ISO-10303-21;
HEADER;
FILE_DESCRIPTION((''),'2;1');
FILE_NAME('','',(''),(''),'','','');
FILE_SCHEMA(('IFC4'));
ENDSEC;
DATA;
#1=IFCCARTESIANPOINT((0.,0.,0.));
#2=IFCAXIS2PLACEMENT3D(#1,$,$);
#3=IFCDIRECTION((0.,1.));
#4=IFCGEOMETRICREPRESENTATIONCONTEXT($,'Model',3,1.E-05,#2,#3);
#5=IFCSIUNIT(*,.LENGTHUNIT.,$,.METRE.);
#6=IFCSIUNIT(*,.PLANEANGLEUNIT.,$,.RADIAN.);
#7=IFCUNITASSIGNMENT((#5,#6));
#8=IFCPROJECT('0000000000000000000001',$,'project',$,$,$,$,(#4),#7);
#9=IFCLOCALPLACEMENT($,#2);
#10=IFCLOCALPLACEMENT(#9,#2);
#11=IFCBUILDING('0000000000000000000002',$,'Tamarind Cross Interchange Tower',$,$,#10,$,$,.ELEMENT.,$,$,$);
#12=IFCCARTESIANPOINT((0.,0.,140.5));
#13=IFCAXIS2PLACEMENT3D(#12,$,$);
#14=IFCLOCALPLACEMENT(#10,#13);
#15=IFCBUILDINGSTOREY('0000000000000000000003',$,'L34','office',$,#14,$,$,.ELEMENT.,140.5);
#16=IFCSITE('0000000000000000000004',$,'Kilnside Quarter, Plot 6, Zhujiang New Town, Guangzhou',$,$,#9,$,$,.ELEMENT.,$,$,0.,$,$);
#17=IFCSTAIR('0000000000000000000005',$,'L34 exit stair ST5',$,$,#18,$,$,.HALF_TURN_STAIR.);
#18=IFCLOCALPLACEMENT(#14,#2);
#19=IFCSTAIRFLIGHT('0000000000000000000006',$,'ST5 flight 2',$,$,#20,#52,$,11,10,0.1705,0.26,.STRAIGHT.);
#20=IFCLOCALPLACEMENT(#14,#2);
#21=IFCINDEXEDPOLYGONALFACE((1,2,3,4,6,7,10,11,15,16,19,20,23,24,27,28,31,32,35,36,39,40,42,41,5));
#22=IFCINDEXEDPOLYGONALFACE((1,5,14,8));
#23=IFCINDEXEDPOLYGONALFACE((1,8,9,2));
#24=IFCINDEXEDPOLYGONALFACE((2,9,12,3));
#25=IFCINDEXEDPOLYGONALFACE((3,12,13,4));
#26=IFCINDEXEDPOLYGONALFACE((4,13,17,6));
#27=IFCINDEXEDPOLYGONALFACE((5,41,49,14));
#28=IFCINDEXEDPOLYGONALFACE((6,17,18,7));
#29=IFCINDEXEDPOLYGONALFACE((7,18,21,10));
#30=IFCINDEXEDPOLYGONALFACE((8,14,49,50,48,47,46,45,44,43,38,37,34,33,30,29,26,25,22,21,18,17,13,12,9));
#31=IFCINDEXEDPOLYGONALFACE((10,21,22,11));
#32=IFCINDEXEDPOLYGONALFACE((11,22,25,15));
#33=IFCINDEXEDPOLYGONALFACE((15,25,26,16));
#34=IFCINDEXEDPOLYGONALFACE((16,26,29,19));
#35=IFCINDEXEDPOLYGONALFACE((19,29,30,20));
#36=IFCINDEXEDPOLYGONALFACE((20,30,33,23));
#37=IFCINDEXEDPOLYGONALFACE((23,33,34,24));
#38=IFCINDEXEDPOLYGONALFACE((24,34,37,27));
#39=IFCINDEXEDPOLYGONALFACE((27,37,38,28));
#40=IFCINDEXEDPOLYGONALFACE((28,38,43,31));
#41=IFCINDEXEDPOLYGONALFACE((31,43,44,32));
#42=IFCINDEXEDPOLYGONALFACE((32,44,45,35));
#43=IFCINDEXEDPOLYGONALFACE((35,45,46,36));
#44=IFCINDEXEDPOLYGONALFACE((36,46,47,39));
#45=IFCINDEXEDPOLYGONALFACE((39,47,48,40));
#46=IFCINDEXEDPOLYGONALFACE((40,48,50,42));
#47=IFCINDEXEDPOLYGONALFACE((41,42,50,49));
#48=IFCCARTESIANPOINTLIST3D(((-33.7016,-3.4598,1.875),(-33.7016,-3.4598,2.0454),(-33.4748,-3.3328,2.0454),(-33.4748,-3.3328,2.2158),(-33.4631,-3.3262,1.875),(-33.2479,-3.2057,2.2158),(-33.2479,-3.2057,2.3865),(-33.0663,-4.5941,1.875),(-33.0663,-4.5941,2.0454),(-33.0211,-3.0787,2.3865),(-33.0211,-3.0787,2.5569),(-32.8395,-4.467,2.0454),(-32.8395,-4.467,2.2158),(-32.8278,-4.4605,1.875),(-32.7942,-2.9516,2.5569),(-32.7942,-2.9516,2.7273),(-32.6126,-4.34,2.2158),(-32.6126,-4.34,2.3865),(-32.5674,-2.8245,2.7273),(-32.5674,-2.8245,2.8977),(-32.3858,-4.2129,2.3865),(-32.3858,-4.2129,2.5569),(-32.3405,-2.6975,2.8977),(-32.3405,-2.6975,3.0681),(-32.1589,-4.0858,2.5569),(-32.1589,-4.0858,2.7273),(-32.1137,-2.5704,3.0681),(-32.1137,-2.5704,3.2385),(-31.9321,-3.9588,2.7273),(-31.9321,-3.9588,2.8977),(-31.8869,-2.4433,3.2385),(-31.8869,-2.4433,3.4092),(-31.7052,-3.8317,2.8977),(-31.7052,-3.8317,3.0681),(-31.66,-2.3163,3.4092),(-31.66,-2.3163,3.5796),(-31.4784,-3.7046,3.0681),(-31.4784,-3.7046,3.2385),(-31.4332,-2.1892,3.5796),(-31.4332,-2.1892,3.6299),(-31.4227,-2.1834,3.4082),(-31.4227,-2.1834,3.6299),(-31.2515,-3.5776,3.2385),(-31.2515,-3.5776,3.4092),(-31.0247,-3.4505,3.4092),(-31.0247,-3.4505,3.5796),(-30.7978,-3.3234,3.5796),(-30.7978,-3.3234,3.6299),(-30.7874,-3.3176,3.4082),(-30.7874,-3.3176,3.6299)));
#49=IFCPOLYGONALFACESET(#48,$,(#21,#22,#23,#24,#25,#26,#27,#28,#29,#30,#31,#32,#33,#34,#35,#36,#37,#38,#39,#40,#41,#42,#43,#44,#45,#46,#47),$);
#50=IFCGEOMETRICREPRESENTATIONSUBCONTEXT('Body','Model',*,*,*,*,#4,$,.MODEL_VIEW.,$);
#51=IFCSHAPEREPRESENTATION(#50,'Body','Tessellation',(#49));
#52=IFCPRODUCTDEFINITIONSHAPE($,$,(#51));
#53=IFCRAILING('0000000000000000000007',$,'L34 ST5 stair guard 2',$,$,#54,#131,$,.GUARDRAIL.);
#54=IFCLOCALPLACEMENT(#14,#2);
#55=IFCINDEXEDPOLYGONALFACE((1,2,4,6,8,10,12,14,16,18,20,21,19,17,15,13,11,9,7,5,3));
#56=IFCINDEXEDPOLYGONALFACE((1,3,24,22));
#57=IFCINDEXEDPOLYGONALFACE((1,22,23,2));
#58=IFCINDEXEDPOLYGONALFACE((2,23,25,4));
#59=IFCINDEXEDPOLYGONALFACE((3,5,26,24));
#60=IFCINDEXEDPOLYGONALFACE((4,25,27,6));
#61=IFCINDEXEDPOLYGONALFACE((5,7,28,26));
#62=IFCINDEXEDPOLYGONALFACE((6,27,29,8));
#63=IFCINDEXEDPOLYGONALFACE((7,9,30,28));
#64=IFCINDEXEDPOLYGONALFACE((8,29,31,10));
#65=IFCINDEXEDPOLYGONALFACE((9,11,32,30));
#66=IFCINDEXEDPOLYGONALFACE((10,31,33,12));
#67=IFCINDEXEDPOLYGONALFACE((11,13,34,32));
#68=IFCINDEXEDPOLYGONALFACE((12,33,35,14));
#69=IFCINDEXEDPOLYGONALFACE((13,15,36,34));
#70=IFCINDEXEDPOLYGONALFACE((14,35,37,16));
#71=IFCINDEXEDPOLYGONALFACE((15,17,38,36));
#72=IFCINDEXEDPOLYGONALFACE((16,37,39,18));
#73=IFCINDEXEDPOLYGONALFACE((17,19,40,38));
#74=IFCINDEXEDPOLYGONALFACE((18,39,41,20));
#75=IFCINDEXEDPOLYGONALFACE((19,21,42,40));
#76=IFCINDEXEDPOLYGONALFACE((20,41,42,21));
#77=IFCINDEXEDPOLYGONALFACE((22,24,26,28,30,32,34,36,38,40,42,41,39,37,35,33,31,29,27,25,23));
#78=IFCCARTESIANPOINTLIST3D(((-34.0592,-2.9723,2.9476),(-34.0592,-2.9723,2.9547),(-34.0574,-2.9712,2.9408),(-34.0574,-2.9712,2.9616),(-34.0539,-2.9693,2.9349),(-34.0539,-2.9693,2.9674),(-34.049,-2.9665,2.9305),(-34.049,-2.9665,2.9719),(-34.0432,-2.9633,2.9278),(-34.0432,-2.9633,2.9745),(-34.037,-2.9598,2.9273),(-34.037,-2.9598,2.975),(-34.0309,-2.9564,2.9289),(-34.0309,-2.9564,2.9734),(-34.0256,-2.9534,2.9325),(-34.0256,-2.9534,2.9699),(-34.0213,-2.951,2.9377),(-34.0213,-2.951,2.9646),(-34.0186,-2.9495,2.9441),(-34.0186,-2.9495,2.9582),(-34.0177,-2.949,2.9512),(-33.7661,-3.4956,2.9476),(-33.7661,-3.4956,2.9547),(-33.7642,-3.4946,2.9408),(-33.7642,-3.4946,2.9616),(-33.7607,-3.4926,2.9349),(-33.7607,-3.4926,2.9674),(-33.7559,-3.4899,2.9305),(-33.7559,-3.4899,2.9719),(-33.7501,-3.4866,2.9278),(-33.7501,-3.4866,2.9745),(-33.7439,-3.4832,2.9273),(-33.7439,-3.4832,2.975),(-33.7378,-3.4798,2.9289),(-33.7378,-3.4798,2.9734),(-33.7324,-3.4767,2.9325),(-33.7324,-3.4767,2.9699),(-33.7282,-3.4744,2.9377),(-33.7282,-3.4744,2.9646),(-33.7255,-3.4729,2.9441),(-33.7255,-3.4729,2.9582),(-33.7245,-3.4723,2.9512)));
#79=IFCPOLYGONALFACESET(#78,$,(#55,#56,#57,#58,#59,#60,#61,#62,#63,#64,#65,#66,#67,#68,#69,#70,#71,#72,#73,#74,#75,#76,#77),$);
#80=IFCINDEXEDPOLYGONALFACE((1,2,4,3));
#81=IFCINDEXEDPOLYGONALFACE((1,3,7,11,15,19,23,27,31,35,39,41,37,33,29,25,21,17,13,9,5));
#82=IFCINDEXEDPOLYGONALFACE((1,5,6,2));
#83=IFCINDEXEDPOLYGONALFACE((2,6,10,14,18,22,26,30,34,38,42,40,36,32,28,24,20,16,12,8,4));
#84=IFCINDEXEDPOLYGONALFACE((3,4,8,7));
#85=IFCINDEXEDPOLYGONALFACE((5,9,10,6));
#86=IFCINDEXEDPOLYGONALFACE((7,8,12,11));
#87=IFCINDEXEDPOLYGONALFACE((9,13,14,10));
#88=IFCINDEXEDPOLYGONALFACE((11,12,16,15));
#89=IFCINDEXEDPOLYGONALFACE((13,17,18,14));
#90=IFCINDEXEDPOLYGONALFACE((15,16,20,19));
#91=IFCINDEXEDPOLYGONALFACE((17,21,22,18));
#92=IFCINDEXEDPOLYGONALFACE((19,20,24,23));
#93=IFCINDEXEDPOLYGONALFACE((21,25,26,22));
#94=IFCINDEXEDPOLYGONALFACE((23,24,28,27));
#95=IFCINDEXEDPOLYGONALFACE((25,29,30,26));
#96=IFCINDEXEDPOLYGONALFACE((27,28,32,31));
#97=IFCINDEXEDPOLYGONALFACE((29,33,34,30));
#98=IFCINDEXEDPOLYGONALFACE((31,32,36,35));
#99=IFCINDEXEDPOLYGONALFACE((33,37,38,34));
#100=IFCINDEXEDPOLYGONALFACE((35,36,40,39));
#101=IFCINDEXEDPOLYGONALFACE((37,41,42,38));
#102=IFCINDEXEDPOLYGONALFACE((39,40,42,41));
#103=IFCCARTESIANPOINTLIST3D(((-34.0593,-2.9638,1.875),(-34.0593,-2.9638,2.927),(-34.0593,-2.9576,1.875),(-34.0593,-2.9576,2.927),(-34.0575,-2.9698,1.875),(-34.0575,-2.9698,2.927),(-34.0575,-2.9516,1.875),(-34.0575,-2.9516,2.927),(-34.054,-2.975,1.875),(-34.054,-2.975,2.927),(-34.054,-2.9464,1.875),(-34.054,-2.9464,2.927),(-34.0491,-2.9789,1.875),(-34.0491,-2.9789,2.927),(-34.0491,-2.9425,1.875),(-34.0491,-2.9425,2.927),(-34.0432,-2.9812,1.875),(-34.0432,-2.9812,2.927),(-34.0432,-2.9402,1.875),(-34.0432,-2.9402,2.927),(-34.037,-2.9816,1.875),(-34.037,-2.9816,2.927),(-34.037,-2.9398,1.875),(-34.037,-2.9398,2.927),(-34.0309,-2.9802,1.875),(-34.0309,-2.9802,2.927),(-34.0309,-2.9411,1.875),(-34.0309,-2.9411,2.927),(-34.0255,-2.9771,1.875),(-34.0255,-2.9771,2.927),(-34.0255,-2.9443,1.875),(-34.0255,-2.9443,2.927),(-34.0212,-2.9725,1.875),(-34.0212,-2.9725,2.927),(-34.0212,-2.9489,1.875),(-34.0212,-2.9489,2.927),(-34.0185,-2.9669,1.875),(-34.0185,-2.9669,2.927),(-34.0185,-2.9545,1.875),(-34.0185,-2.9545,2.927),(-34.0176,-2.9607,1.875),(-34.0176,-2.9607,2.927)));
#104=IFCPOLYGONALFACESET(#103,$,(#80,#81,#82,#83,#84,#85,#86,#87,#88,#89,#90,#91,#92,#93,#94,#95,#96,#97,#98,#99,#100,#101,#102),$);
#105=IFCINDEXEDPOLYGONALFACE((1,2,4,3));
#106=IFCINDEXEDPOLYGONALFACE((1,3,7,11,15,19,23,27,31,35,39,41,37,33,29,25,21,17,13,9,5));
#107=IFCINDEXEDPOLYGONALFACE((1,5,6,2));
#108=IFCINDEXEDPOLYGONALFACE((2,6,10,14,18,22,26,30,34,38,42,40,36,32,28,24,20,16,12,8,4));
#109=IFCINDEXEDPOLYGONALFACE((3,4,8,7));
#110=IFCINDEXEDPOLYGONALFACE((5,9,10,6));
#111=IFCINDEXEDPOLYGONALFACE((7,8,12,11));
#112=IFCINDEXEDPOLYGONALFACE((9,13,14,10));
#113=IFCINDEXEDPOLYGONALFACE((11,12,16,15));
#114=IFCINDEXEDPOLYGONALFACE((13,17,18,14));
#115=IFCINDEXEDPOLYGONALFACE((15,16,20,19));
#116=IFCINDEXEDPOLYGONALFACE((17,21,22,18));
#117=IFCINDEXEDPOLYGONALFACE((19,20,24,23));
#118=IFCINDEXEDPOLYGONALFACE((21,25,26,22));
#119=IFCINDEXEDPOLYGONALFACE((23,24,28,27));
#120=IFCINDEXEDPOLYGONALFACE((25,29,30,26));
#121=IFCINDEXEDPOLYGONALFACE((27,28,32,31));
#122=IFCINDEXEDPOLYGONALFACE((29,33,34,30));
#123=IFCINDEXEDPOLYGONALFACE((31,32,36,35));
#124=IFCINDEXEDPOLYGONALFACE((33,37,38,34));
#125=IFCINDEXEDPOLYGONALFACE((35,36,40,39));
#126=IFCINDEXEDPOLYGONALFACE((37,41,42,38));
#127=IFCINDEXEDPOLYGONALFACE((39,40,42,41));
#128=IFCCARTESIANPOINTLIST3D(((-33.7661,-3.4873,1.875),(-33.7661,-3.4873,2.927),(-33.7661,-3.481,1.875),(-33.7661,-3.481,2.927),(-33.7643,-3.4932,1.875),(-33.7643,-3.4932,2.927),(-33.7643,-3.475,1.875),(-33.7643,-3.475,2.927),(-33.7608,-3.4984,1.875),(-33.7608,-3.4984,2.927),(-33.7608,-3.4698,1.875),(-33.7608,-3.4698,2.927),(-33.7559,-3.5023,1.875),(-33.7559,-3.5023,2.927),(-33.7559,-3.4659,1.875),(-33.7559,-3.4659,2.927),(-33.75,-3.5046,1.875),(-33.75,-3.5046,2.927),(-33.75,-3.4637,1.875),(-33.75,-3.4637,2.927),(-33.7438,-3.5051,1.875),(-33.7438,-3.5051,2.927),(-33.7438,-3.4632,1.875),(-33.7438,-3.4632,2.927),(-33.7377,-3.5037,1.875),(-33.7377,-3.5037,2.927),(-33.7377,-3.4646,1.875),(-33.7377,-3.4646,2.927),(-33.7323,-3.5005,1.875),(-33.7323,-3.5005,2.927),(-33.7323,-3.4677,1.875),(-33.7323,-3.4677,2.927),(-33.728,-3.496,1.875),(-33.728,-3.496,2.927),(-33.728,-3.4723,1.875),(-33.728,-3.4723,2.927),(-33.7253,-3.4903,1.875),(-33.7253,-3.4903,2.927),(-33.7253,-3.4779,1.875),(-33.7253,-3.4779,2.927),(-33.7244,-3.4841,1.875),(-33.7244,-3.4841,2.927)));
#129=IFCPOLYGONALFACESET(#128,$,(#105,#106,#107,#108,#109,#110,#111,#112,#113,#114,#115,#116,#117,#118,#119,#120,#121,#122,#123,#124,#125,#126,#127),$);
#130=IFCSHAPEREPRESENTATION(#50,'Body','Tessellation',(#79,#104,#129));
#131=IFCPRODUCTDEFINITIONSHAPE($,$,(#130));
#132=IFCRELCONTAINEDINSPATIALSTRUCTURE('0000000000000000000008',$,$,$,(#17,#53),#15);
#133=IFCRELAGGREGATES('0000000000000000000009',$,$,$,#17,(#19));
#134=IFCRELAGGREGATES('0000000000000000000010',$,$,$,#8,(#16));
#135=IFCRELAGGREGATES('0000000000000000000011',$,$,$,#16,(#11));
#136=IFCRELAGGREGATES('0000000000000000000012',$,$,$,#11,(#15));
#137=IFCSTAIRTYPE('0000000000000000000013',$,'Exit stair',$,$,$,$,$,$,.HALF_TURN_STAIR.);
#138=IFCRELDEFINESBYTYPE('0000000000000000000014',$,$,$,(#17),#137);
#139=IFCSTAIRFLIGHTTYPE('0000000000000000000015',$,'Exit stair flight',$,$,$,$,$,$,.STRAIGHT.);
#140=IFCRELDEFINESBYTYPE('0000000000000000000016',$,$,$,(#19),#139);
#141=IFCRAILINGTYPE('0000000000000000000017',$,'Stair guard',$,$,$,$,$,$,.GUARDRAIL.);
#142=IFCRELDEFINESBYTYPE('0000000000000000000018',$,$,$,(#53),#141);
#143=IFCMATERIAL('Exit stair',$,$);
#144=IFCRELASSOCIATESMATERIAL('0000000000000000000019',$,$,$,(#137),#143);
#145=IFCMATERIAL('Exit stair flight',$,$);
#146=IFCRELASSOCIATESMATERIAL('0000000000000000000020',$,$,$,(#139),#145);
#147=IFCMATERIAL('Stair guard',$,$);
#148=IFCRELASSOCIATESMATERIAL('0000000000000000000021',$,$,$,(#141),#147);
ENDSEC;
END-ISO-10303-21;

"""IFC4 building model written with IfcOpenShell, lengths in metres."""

from ifc_helpers import new_model, si_unit, direction, frame, origin, origin_2d, place, context, subcontext, project, spatial, polyline, circle, outline, extrude, material, type_object, element, aggregate, save


model = new_model("IFC4")

# Units and contexts
model_context = context("Model", 3, precision=1e-05, world=origin(), true_north=direction((0.0, 1.0)))
body_context = subcontext(model_context, "Body", "Model", "MODEL_VIEW")
ifc_project = project(units=[si_unit("LENGTHUNIT", "METRE"), si_unit("PLANEANGLEUNIT", "RADIAN")], contexts=[model_context])

# Site, building, storey
site_placement = place(None, origin())
site = spatial("IfcSite", under=ifc_project, at=site_placement, Name="Kilnside Quarter, Plot 6, Zhujiang New Town, Guangzhou", CompositionType="ELEMENT", RefElevation=0.0)
building_placement = place(site_placement, origin())
building = spatial("IfcBuilding", under=site, at=building_placement, Name="Tamarind Cross Interchange Tower", CompositionType="ELEMENT")
storey_placement = place(building_placement, frame((0.0, 0.0, 140.5)))
storey = spatial("IfcBuildingStorey", under=building, at=storey_placement, Name="L34", Description="office", CompositionType="ELEMENT", Elevation=140.5)

# Stair, stair flight
ifc_material_1 = material(Name="Exit stair")
stair_type = type_object("IfcStairType", Name="Exit stair", PredefinedType="HALF_TURN_STAIR", material=ifc_material_1)
stair_placement = place(storey_placement, origin())
stair = element("IfcStair", 1, at=stair_placement, inside=storey, type_object=stair_type, Name="L34 exit stair ST5", PredefinedType="HALF_TURN_STAIR")
ifc_material_2 = material(Name="Exit stair flight")
stair_flight_type = type_object("IfcStairFlightType", Name="Exit stair flight", PredefinedType="STRAIGHT", material=ifc_material_2)
stair_flight_placement = place(storey_placement, frame((-33.384, -4.0269, 1.875), z_axis=(0.0, 0.0, 1.0), x_axis=(0.872458, 0.488688, 0.0)))
stair_flight = element("IfcStairFlight", 2, at=stair_flight_placement, type_object=stair_flight_type, Name="ST5 flight 2", NumberOfRisers=11, NumberOfTreads=10, PredefinedType="STRAIGHT", RiserHeight=0.1705, TreadLength=0.26, context=body_context, shape_type="SweptSolid", body=[
    extrude(outline(polyline([(0.0, 0.0), (0.0, 0.1704), (0.26, 0.1704), (0.26, 0.3408), (0.52, 0.3408), (0.52, 0.5115), (0.78, 0.5115), (0.78, 0.6819), (1.04, 0.6819), (1.04, 0.8523), (1.3, 0.8523), (1.3, 1.0227), (1.5601, 1.0227), (1.5601, 1.1931), (1.8201, 1.1931), (1.8201, 1.3635), (2.0801, 1.3635), (2.0801, 1.5342), (2.3401, 1.5342), (2.3401, 1.7046), (2.6001, 1.7046), (2.6001, 1.7549), (2.6121, 1.7549), (2.6121, 1.5332), (0.2734, 0.0), (0.0, 0.0)])), frame((0.0, 0.6499, 0.0), z_axis=(0.0, -1.0, 0.0), x_axis=(1.0, 0.0, 0.0)), (0.0, 0.0, 1.0), 1.3),
])
aggregate(stair, [stair_flight])

# Railing
ifc_material_3 = material(Name="Stair guard")
railing_type = type_object("IfcRailingType", Name="Stair guard", PredefinedType="GUARDRAIL", material=ifc_material_3)
railing_1_placement = place(storey_placement, frame((-34.0386, -2.9607, 1.875)))
element("IfcRailing", 3, at=railing_1_placement, inside=storey, type_object=railing_type, Name="L34 ST5 stair guard 2", PredefinedType="GUARDRAIL", context=body_context, shape_type="SweptSolid", body=[
    extrude(circle(Radius=0.0239, at=origin_2d()), frame((0.0, 0.0, 1.0762), z_axis=(0.488715, -0.872444, 0.0), x_axis=(0.872444, 0.488715, 0.0)), (0.0, 0.0, 1.0), 0.5999),
    extrude(circle(Radius=0.021, at=origin_2d()), origin(), (0.0, 0.0, 1.0), 1.052),
    extrude(circle(Radius=0.021, at=origin_2d()), frame((0.2932, -0.5234, 0.0)), (0.0, 0.0, 1.0), 1.052),
])

save(model, "model.ifc")
